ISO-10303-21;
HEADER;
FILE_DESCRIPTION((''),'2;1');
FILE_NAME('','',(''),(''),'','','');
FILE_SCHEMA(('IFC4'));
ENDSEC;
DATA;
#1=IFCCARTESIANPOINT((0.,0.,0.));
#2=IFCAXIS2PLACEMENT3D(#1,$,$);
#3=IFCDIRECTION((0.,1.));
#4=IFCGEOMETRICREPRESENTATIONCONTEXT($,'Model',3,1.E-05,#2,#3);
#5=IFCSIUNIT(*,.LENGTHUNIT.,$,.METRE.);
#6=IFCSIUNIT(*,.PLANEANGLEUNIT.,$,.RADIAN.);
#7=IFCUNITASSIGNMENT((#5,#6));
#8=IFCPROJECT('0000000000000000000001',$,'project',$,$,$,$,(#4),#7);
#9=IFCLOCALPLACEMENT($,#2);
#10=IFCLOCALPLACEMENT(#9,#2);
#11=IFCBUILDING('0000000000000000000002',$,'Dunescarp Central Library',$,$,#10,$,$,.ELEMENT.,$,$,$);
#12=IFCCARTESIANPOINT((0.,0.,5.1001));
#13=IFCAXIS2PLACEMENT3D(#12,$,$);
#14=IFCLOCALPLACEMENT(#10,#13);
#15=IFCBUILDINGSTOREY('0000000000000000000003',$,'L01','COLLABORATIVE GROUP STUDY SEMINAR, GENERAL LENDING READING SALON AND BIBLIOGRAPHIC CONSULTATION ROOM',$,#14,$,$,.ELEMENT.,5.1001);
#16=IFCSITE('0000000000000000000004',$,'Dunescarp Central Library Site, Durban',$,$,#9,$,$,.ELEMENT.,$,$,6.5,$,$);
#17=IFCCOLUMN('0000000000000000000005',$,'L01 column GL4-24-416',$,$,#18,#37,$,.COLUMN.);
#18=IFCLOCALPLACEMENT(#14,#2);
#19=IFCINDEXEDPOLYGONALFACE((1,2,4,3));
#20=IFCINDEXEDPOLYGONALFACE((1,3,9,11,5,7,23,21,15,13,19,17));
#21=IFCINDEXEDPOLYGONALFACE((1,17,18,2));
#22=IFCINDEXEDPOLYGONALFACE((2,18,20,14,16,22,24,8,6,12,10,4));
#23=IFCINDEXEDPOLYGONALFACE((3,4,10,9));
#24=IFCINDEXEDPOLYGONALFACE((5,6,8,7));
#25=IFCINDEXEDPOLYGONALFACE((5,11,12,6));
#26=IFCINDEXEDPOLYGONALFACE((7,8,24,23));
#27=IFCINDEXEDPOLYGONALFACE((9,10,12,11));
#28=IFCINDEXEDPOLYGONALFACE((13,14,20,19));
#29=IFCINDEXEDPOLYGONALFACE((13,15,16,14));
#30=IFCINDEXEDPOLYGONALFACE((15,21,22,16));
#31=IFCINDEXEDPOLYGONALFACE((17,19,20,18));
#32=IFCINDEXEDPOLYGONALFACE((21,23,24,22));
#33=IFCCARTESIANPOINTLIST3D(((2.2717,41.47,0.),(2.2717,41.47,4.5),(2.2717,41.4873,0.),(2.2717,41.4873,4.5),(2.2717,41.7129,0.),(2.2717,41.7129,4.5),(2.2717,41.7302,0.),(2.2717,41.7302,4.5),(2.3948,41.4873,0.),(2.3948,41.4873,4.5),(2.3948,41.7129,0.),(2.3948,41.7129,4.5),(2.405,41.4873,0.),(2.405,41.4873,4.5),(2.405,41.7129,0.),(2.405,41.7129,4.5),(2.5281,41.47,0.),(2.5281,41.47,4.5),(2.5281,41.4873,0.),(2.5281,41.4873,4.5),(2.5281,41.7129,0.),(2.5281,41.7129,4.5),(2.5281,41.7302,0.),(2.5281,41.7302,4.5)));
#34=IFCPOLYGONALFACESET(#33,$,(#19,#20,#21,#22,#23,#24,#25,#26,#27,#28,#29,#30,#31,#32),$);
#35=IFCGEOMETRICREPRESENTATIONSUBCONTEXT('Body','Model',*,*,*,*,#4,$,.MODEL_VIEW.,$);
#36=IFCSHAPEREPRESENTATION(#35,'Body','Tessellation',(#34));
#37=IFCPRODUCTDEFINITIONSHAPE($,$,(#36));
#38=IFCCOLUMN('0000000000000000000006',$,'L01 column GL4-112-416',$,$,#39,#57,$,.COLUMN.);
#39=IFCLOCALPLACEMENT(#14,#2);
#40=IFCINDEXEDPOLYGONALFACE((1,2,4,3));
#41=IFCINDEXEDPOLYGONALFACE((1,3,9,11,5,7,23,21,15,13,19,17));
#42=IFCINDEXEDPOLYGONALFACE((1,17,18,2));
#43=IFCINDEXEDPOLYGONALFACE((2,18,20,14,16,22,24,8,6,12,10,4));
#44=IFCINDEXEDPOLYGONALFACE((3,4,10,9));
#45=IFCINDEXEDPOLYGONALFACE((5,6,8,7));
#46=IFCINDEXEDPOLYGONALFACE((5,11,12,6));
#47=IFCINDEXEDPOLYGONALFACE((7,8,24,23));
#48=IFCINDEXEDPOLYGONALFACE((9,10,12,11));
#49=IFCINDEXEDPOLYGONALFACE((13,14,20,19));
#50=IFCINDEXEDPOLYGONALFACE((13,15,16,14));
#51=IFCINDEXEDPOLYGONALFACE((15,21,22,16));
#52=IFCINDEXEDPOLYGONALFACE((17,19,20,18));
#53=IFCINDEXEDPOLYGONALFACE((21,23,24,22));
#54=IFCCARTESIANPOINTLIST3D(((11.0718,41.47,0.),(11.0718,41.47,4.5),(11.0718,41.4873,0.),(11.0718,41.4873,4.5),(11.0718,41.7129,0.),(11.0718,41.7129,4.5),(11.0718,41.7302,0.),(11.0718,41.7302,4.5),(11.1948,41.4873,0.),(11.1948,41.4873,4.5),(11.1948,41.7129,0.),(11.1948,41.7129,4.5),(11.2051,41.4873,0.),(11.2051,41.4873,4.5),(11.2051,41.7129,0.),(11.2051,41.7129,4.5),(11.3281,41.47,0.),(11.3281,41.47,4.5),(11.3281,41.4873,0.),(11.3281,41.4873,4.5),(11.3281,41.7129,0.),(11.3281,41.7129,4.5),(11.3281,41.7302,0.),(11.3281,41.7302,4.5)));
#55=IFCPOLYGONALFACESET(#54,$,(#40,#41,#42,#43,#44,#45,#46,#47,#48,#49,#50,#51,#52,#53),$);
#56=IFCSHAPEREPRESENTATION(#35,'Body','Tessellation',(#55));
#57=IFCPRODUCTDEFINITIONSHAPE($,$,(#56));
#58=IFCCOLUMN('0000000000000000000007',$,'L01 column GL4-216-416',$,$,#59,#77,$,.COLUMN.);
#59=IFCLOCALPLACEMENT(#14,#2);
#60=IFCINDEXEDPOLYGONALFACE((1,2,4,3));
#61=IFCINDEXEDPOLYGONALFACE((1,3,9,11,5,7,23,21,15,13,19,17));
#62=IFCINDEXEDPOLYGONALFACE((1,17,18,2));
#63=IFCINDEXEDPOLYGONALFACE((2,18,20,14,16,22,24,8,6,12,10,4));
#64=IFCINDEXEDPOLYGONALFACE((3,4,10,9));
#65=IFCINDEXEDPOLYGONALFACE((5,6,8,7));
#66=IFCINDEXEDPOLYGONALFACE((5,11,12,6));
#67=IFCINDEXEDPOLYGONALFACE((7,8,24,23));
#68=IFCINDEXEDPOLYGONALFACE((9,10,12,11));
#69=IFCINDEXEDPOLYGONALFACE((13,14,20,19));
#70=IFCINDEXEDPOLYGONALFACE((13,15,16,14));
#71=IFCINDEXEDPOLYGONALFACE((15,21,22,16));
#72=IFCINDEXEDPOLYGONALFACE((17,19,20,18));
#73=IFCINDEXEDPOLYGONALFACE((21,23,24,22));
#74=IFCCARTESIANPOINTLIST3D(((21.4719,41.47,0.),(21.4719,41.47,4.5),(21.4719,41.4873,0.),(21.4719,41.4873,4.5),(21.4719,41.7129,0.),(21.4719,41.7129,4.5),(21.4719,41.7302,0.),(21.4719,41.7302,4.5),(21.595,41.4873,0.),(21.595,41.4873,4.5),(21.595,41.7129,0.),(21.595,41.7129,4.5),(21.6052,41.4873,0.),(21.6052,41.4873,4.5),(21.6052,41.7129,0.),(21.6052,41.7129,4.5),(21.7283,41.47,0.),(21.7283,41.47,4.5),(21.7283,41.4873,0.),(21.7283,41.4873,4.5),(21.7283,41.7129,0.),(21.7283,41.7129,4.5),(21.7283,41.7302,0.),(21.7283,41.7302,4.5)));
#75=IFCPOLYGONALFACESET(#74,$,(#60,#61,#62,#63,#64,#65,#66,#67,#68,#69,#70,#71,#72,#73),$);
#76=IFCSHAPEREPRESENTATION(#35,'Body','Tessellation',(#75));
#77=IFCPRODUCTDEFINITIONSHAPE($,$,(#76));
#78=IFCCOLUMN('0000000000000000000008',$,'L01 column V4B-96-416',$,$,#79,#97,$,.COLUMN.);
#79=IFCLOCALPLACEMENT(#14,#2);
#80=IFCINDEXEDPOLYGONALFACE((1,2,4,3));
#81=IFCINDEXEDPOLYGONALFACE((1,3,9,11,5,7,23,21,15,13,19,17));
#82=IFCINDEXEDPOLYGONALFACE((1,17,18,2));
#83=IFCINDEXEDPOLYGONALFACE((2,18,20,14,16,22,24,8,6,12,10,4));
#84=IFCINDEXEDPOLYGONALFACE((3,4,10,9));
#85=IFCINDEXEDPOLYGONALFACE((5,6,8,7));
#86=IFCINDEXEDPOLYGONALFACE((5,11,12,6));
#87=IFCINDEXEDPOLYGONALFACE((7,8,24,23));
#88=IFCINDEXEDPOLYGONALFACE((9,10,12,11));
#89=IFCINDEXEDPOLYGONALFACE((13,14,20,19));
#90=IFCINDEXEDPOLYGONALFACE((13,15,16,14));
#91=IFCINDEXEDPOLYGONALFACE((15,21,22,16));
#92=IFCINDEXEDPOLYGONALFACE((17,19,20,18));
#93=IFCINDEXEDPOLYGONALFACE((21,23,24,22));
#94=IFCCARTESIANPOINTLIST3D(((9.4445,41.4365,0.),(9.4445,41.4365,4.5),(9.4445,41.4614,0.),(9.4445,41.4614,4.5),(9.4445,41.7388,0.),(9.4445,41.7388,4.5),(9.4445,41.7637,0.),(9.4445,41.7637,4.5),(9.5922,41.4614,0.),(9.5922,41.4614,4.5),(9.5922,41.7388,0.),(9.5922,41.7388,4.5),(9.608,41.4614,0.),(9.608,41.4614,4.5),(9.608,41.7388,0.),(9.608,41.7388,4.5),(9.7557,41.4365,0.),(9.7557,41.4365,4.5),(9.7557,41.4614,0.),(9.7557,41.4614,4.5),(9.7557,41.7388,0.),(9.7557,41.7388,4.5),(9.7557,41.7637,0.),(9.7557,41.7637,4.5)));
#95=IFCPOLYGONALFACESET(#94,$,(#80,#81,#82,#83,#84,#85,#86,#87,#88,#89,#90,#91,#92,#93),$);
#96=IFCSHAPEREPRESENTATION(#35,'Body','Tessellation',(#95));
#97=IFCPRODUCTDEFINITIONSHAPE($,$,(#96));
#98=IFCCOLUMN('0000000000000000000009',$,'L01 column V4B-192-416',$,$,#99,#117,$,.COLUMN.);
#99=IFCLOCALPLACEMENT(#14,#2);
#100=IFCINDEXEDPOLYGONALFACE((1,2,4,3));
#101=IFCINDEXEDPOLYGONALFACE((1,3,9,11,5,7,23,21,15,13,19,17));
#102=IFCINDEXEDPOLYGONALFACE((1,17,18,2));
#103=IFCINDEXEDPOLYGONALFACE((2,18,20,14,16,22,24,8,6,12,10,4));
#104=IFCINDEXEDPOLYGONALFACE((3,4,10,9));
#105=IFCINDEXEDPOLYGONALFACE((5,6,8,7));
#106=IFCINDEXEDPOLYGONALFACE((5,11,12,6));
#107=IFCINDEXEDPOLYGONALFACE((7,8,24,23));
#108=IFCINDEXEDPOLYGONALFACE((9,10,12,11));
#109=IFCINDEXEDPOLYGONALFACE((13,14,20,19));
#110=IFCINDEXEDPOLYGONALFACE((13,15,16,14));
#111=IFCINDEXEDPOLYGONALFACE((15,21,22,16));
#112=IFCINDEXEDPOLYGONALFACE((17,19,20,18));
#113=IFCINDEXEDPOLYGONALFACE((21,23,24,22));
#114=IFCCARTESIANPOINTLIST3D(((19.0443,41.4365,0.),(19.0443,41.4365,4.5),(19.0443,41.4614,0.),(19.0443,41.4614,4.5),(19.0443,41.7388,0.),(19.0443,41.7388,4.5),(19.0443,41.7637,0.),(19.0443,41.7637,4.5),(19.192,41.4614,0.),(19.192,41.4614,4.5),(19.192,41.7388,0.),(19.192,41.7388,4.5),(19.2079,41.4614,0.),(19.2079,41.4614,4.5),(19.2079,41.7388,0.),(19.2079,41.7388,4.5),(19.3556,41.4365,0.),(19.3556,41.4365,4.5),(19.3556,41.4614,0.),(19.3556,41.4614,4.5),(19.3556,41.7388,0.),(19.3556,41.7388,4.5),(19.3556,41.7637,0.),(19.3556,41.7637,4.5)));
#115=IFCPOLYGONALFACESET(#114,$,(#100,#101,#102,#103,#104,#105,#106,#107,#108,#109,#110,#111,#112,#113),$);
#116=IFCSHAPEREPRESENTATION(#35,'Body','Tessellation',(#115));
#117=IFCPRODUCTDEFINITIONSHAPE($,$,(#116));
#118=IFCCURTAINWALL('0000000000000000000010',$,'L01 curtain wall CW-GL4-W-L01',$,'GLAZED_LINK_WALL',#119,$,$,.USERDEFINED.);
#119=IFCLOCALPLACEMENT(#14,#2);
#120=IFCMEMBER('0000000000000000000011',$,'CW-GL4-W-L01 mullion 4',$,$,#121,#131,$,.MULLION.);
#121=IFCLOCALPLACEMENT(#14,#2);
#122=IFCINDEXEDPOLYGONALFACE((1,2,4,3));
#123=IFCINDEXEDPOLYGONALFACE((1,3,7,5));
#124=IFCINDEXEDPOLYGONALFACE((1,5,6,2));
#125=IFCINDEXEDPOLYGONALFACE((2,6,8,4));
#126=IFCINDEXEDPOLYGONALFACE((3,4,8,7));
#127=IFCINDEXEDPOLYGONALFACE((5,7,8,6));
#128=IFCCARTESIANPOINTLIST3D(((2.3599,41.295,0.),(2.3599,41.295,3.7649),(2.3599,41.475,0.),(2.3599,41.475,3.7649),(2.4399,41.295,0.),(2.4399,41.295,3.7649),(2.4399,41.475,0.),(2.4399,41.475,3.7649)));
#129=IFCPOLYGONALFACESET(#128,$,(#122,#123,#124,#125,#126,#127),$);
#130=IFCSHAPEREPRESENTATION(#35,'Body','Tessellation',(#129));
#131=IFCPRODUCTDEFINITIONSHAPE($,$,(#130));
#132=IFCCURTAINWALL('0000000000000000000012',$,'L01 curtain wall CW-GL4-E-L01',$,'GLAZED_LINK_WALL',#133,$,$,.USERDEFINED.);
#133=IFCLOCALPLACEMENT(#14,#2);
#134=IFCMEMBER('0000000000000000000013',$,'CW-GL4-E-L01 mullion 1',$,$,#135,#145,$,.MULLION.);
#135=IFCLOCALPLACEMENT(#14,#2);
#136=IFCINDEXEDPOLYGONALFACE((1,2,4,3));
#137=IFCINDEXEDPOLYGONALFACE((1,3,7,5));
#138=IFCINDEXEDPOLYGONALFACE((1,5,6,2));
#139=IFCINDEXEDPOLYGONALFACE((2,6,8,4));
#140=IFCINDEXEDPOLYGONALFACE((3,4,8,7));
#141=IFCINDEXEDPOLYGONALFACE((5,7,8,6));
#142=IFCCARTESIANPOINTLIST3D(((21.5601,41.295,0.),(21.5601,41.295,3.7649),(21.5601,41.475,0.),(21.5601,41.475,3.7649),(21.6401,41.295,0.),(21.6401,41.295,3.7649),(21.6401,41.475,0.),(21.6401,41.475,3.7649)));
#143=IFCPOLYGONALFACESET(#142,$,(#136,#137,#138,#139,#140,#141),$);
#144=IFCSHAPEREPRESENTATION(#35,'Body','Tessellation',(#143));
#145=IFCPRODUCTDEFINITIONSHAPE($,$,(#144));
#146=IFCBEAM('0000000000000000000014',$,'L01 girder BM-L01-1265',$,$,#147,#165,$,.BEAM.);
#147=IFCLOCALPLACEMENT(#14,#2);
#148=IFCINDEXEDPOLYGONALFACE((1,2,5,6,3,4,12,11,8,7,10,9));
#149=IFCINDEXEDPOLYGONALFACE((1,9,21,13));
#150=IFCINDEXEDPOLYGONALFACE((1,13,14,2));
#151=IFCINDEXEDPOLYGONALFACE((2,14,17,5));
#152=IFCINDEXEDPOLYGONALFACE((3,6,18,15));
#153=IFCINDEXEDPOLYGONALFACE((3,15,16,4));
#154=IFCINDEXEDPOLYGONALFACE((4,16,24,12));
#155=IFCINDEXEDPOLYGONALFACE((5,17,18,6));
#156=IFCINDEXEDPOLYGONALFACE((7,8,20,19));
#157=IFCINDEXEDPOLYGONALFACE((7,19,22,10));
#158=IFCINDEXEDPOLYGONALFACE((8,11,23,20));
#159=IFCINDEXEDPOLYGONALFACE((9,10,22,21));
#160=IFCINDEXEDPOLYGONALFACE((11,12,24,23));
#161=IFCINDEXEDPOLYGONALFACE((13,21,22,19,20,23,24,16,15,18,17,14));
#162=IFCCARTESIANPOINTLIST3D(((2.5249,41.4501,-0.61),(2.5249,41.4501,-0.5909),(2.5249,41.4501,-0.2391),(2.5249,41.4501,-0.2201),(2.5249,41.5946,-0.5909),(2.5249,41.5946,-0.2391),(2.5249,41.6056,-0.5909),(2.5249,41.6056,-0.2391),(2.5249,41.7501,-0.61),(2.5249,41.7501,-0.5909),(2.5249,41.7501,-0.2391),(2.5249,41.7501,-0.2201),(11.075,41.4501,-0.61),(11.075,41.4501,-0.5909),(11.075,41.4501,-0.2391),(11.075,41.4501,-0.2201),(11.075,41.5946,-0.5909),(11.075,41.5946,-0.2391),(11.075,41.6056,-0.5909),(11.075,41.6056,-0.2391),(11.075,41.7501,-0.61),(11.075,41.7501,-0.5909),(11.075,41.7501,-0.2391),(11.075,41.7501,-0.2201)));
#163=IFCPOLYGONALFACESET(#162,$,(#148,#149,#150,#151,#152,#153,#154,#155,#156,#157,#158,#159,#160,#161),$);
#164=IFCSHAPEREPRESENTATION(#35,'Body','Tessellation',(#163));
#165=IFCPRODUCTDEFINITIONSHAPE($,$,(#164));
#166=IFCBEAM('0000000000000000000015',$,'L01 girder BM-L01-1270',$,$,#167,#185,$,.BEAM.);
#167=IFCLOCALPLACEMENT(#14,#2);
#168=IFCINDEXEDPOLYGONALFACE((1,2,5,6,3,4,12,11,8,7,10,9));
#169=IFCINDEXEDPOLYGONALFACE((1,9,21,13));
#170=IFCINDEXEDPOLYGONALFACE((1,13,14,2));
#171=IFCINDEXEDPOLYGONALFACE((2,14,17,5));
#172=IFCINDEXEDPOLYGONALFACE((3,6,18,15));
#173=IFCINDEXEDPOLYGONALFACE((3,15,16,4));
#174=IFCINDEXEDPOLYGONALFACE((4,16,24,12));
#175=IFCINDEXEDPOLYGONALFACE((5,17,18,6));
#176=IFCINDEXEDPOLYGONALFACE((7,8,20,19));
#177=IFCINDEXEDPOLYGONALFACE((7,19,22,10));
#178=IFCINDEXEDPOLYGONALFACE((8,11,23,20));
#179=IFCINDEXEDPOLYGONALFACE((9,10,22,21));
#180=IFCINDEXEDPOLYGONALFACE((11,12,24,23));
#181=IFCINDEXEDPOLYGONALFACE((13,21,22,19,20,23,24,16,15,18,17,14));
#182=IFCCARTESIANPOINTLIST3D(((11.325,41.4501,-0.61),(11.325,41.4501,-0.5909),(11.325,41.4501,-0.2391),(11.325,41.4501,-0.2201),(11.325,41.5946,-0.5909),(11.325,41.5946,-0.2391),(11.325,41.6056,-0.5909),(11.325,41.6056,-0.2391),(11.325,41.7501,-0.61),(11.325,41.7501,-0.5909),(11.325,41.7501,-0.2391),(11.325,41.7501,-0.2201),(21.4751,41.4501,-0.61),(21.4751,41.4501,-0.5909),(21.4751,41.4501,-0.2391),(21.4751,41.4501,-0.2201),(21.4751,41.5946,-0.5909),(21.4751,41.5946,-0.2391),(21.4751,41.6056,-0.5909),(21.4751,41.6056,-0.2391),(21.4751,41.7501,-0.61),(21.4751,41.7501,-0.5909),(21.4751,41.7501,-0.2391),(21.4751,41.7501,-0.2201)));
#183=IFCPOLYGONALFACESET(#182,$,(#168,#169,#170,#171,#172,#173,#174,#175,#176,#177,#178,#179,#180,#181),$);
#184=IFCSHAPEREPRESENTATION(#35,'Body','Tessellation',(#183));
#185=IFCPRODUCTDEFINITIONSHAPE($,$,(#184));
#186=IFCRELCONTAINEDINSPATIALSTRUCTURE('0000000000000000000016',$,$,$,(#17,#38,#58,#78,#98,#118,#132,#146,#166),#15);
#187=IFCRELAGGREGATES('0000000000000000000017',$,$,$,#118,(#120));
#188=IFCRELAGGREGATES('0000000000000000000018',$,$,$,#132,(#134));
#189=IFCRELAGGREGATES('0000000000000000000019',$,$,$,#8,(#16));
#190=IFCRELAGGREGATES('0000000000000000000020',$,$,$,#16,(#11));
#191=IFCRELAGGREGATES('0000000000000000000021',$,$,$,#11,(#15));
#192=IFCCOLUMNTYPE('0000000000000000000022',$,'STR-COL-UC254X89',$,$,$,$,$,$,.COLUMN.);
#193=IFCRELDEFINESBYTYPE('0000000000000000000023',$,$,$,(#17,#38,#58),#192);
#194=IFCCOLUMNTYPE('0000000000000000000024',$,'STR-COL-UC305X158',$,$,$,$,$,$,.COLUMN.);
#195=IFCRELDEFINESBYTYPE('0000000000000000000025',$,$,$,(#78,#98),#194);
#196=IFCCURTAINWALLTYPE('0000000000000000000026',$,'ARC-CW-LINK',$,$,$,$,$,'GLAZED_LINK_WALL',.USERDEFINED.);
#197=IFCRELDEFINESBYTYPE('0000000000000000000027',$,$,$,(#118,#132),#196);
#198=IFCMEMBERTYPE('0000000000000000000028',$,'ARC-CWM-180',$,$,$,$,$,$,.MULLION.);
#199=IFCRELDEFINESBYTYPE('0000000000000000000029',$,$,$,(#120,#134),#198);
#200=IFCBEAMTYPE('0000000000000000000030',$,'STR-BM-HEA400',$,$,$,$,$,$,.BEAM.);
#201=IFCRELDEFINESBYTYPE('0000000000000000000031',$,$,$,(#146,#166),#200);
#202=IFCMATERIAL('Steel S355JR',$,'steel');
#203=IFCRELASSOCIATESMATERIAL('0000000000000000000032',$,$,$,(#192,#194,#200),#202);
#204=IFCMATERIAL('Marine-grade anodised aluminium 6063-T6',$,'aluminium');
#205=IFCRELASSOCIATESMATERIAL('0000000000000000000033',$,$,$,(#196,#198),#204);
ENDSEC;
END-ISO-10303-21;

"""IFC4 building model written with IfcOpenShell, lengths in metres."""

from ifc_helpers import new_model, si_unit, direction, frame, origin, origin_2d, place, context, subcontext, project, spatial, rectangle, i_section, extrude, material, material_profile, profile_set, type_object, element, aggregate, save


model = new_model("IFC4")

# Units and contexts
model_context = context("Model", 3, precision=1e-05, world=origin(), true_north=direction((0.0, 1.0)))
body_context = subcontext(model_context, "Body", "Model", "MODEL_VIEW")
ifc_project = project(units=[si_unit("LENGTHUNIT", "METRE"), si_unit("PLANEANGLEUNIT", "RADIAN")], contexts=[model_context])

# Site, building, storey
site_placement = place(None, origin())
site = spatial("IfcSite", under=ifc_project, at=site_placement, Name="Dunescarp Central Library Site, Durban", CompositionType="ELEMENT", RefElevation=6.5)
building_placement = place(site_placement, origin())
building = spatial("IfcBuilding", under=site, at=building_placement, Name="Dunescarp Central Library", CompositionType="ELEMENT")
storey_placement = place(building_placement, frame((0.0, 0.0, 5.1001)))
storey = spatial("IfcBuildingStorey", under=building, at=storey_placement, Name="L01", Description="COLLABORATIVE GROUP STUDY SEMINAR, GENERAL LENDING READING SALON AND BIBLIOGRAPHIC CONSULTATION ROOM", CompositionType="ELEMENT", Elevation=5.1001)

# Columns
ifc_material_1 = material(Name="Steel S355JR", Category="steel")
ifc_material_profile_1 = material_profile(ifc_material_1, i_section(OverallWidth=0.2563, OverallDepth=0.2603, WebThickness=0.0103, FlangeThickness=0.0173, at=origin_2d()), Name="UC 254x254x89")
ifc_profile_set_1 = profile_set([ifc_material_profile_1], Name="Steel S355JR")
column_type_1 = type_object("IfcColumnType", Name="STR-COL-UC254X89", PredefinedType="COLUMN", material=ifc_profile_set_1)
for number, where, z_axis, x_axis, name in (
    (1, (2.3999, 41.6001, 0.0), (0.0, 0.0, 1.0), (1.0, 0.0, 0.0), "L01 column GL4-24-416"),
    (2, (11.2, 41.6001, 0.0), (0.0, 0.0, 1.0), (1.0, 0.0, 0.0), "L01 column GL4-112-416"),
    (3, (21.6001, 41.6001, 0.0), (0.0, 0.0, 1.0), (1.0, 0.0, 0.0), "L01 column GL4-216-416"),
):
    element("IfcColumn", number, at=place(storey_placement, frame(where, z_axis=z_axis, x_axis=x_axis)), inside=storey, type_object=column_type_1, Name=name, PredefinedType="COLUMN", context=body_context, shape_type="SweptSolid", body=[
        extrude(i_section(OverallWidth=0.2563, OverallDepth=0.2603, WebThickness=0.0103, FlangeThickness=0.0173, at=origin_2d()), origin(), (0.0, 0.0, 1.0), 4.5),
    ])
ifc_material_profile_2 = material_profile(ifc_material_1, i_section(OverallWidth=0.3113, OverallDepth=0.3271, WebThickness=0.0159, FlangeThickness=0.0249, at=origin_2d()), Name="UC 305x305x158")
ifc_profile_set_2 = profile_set([ifc_material_profile_2], Name="Steel S355JR")
column_type_2 = type_object("IfcColumnType", Name="STR-COL-UC305X158", PredefinedType="COLUMN", material=ifc_profile_set_2)
for number, where, z_axis, x_axis, name in (
    (4, (9.6001, 41.6001, 0.0), (0.0, 0.0, 1.0), (1.0, 0.0, 0.0), "L01 column V4B-96-416"),
    (5, (19.2, 41.6001, 0.0), (0.0, 0.0, 1.0), (1.0, 0.0, 0.0), "L01 column V4B-192-416"),
):
    element("IfcColumn", number, at=place(storey_placement, frame(where, z_axis=z_axis, x_axis=x_axis)), inside=storey, type_object=column_type_2, Name=name, PredefinedType="COLUMN", context=body_context, shape_type="SweptSolid", body=[
        extrude(i_section(OverallWidth=0.3113, OverallDepth=0.3271, WebThickness=0.0159, FlangeThickness=0.0249, at=origin_2d()), origin(), (0.0, 0.0, 1.0), 4.5),
    ])

# Curtain walls, members
ifc_material_2 = material(Name="Marine-grade anodised aluminium 6063-T6", Category="aluminium")
curtain_wall_type = type_object("IfcCurtainWallType", Name="ARC-CW-LINK", ElementType="GLAZED_LINK_WALL", PredefinedType="USERDEFINED", material=ifc_material_2)
curtain_wall_1_placement = place(storey_placement, origin())
curtain_wall_1 = element("IfcCurtainWall", 6, at=curtain_wall_1_placement, inside=storey, type_object=curtain_wall_type, Name="L01 curtain wall CW-GL4-W-L01", ObjectType="GLAZED_LINK_WALL", PredefinedType="USERDEFINED")
ifc_material_profile_3 = material_profile(ifc_material_2, rectangle(XDim=0.0801, YDim=0.1799, at=origin_2d()), Name="AL 80x180")
ifc_profile_set_3 = profile_set([ifc_material_profile_3], Name="Marine-grade anodised aluminium 6063-T6")
member_type = type_object("IfcMemberType", Name="ARC-CWM-180", PredefinedType="MULLION", material=ifc_profile_set_3)
member_1_placement = place(storey_placement, frame((2.3999, 41.385, 0.0), z_axis=(0.0, 0.0, 1.0), x_axis=(-1.0, 0.0, 0.0)))
member_1 = element("IfcMember", 7, at=member_1_placement, type_object=member_type, Name="CW-GL4-W-L01 mullion 4", PredefinedType="MULLION", context=body_context, shape_type="SweptSolid", body=[
    extrude(rectangle(XDim=0.0801, YDim=0.1799, at=origin_2d()), origin(), (0.0, 0.0, 1.0), 3.7649),
])
aggregate(curtain_wall_1, [member_1])
curtain_wall_2_placement = place(storey_placement, origin())
curtain_wall_2 = element("IfcCurtainWall", 8, at=curtain_wall_2_placement, inside=storey, type_object=curtain_wall_type, Name="L01 curtain wall CW-GL4-E-L01", ObjectType="GLAZED_LINK_WALL", PredefinedType="USERDEFINED")
member_2_placement = place(storey_placement, frame((21.6001, 41.385, 0.0), z_axis=(0.0, 0.0, 1.0), x_axis=(1.0, 0.0, 0.0)))
member_2 = element("IfcMember", 9, at=member_2_placement, type_object=member_type, Name="CW-GL4-E-L01 mullion 1", PredefinedType="MULLION", context=body_context, shape_type="SweptSolid", body=[
    extrude(rectangle(XDim=0.0801, YDim=0.1799, at=origin_2d()), origin(), (0.0, 0.0, 1.0), 3.7649),
])
aggregate(curtain_wall_2, [member_2])

# Beams
ifc_material_profile_4 = material_profile(ifc_material_1, i_section(OverallWidth=0.3, OverallDepth=0.3899, WebThickness=0.011, FlangeThickness=0.019, at=origin_2d()), Name="HEA 400")
ifc_profile_set_4 = profile_set([ifc_material_profile_4], Name="Steel S355JR")
beam_type_1 = type_object("IfcBeamType", Name="STR-BM-HEA400", PredefinedType="BEAM", material=ifc_profile_set_4)
beam_1_placement = place(storey_placement, frame((2.5249, 41.6001, -0.415), z_axis=(1.0, 0.0, 0.0), x_axis=(0.0, 1.0, 0.0)))
element("IfcBeam", 10, at=beam_1_placement, inside=storey, type_object=beam_type_1, Name="L01 girder BM-L01-1265", PredefinedType="BEAM", context=body_context, shape_type="SweptSolid", body=[
    extrude(i_section(OverallWidth=0.3, OverallDepth=0.3899, WebThickness=0.011, FlangeThickness=0.019, at=origin_2d()), origin(), (0.0, 0.0, 1.0), 8.55),
])
beam_2_placement = place(storey_placement, frame((11.325, 41.6001, -0.415), z_axis=(1.0, 0.0, 0.0), x_axis=(0.0, 1.0, 0.0)))
element("IfcBeam", 11, at=beam_2_placement, inside=storey, type_object=beam_type_1, Name="L01 girder BM-L01-1270", PredefinedType="BEAM", context=body_context, shape_type="SweptSolid", body=[
    extrude(i_section(OverallWidth=0.3, OverallDepth=0.3899, WebThickness=0.011, FlangeThickness=0.019, at=origin_2d()), origin(), (0.0, 0.0, 1.0), 10.1501),
])

save(model, "model.ifc")
